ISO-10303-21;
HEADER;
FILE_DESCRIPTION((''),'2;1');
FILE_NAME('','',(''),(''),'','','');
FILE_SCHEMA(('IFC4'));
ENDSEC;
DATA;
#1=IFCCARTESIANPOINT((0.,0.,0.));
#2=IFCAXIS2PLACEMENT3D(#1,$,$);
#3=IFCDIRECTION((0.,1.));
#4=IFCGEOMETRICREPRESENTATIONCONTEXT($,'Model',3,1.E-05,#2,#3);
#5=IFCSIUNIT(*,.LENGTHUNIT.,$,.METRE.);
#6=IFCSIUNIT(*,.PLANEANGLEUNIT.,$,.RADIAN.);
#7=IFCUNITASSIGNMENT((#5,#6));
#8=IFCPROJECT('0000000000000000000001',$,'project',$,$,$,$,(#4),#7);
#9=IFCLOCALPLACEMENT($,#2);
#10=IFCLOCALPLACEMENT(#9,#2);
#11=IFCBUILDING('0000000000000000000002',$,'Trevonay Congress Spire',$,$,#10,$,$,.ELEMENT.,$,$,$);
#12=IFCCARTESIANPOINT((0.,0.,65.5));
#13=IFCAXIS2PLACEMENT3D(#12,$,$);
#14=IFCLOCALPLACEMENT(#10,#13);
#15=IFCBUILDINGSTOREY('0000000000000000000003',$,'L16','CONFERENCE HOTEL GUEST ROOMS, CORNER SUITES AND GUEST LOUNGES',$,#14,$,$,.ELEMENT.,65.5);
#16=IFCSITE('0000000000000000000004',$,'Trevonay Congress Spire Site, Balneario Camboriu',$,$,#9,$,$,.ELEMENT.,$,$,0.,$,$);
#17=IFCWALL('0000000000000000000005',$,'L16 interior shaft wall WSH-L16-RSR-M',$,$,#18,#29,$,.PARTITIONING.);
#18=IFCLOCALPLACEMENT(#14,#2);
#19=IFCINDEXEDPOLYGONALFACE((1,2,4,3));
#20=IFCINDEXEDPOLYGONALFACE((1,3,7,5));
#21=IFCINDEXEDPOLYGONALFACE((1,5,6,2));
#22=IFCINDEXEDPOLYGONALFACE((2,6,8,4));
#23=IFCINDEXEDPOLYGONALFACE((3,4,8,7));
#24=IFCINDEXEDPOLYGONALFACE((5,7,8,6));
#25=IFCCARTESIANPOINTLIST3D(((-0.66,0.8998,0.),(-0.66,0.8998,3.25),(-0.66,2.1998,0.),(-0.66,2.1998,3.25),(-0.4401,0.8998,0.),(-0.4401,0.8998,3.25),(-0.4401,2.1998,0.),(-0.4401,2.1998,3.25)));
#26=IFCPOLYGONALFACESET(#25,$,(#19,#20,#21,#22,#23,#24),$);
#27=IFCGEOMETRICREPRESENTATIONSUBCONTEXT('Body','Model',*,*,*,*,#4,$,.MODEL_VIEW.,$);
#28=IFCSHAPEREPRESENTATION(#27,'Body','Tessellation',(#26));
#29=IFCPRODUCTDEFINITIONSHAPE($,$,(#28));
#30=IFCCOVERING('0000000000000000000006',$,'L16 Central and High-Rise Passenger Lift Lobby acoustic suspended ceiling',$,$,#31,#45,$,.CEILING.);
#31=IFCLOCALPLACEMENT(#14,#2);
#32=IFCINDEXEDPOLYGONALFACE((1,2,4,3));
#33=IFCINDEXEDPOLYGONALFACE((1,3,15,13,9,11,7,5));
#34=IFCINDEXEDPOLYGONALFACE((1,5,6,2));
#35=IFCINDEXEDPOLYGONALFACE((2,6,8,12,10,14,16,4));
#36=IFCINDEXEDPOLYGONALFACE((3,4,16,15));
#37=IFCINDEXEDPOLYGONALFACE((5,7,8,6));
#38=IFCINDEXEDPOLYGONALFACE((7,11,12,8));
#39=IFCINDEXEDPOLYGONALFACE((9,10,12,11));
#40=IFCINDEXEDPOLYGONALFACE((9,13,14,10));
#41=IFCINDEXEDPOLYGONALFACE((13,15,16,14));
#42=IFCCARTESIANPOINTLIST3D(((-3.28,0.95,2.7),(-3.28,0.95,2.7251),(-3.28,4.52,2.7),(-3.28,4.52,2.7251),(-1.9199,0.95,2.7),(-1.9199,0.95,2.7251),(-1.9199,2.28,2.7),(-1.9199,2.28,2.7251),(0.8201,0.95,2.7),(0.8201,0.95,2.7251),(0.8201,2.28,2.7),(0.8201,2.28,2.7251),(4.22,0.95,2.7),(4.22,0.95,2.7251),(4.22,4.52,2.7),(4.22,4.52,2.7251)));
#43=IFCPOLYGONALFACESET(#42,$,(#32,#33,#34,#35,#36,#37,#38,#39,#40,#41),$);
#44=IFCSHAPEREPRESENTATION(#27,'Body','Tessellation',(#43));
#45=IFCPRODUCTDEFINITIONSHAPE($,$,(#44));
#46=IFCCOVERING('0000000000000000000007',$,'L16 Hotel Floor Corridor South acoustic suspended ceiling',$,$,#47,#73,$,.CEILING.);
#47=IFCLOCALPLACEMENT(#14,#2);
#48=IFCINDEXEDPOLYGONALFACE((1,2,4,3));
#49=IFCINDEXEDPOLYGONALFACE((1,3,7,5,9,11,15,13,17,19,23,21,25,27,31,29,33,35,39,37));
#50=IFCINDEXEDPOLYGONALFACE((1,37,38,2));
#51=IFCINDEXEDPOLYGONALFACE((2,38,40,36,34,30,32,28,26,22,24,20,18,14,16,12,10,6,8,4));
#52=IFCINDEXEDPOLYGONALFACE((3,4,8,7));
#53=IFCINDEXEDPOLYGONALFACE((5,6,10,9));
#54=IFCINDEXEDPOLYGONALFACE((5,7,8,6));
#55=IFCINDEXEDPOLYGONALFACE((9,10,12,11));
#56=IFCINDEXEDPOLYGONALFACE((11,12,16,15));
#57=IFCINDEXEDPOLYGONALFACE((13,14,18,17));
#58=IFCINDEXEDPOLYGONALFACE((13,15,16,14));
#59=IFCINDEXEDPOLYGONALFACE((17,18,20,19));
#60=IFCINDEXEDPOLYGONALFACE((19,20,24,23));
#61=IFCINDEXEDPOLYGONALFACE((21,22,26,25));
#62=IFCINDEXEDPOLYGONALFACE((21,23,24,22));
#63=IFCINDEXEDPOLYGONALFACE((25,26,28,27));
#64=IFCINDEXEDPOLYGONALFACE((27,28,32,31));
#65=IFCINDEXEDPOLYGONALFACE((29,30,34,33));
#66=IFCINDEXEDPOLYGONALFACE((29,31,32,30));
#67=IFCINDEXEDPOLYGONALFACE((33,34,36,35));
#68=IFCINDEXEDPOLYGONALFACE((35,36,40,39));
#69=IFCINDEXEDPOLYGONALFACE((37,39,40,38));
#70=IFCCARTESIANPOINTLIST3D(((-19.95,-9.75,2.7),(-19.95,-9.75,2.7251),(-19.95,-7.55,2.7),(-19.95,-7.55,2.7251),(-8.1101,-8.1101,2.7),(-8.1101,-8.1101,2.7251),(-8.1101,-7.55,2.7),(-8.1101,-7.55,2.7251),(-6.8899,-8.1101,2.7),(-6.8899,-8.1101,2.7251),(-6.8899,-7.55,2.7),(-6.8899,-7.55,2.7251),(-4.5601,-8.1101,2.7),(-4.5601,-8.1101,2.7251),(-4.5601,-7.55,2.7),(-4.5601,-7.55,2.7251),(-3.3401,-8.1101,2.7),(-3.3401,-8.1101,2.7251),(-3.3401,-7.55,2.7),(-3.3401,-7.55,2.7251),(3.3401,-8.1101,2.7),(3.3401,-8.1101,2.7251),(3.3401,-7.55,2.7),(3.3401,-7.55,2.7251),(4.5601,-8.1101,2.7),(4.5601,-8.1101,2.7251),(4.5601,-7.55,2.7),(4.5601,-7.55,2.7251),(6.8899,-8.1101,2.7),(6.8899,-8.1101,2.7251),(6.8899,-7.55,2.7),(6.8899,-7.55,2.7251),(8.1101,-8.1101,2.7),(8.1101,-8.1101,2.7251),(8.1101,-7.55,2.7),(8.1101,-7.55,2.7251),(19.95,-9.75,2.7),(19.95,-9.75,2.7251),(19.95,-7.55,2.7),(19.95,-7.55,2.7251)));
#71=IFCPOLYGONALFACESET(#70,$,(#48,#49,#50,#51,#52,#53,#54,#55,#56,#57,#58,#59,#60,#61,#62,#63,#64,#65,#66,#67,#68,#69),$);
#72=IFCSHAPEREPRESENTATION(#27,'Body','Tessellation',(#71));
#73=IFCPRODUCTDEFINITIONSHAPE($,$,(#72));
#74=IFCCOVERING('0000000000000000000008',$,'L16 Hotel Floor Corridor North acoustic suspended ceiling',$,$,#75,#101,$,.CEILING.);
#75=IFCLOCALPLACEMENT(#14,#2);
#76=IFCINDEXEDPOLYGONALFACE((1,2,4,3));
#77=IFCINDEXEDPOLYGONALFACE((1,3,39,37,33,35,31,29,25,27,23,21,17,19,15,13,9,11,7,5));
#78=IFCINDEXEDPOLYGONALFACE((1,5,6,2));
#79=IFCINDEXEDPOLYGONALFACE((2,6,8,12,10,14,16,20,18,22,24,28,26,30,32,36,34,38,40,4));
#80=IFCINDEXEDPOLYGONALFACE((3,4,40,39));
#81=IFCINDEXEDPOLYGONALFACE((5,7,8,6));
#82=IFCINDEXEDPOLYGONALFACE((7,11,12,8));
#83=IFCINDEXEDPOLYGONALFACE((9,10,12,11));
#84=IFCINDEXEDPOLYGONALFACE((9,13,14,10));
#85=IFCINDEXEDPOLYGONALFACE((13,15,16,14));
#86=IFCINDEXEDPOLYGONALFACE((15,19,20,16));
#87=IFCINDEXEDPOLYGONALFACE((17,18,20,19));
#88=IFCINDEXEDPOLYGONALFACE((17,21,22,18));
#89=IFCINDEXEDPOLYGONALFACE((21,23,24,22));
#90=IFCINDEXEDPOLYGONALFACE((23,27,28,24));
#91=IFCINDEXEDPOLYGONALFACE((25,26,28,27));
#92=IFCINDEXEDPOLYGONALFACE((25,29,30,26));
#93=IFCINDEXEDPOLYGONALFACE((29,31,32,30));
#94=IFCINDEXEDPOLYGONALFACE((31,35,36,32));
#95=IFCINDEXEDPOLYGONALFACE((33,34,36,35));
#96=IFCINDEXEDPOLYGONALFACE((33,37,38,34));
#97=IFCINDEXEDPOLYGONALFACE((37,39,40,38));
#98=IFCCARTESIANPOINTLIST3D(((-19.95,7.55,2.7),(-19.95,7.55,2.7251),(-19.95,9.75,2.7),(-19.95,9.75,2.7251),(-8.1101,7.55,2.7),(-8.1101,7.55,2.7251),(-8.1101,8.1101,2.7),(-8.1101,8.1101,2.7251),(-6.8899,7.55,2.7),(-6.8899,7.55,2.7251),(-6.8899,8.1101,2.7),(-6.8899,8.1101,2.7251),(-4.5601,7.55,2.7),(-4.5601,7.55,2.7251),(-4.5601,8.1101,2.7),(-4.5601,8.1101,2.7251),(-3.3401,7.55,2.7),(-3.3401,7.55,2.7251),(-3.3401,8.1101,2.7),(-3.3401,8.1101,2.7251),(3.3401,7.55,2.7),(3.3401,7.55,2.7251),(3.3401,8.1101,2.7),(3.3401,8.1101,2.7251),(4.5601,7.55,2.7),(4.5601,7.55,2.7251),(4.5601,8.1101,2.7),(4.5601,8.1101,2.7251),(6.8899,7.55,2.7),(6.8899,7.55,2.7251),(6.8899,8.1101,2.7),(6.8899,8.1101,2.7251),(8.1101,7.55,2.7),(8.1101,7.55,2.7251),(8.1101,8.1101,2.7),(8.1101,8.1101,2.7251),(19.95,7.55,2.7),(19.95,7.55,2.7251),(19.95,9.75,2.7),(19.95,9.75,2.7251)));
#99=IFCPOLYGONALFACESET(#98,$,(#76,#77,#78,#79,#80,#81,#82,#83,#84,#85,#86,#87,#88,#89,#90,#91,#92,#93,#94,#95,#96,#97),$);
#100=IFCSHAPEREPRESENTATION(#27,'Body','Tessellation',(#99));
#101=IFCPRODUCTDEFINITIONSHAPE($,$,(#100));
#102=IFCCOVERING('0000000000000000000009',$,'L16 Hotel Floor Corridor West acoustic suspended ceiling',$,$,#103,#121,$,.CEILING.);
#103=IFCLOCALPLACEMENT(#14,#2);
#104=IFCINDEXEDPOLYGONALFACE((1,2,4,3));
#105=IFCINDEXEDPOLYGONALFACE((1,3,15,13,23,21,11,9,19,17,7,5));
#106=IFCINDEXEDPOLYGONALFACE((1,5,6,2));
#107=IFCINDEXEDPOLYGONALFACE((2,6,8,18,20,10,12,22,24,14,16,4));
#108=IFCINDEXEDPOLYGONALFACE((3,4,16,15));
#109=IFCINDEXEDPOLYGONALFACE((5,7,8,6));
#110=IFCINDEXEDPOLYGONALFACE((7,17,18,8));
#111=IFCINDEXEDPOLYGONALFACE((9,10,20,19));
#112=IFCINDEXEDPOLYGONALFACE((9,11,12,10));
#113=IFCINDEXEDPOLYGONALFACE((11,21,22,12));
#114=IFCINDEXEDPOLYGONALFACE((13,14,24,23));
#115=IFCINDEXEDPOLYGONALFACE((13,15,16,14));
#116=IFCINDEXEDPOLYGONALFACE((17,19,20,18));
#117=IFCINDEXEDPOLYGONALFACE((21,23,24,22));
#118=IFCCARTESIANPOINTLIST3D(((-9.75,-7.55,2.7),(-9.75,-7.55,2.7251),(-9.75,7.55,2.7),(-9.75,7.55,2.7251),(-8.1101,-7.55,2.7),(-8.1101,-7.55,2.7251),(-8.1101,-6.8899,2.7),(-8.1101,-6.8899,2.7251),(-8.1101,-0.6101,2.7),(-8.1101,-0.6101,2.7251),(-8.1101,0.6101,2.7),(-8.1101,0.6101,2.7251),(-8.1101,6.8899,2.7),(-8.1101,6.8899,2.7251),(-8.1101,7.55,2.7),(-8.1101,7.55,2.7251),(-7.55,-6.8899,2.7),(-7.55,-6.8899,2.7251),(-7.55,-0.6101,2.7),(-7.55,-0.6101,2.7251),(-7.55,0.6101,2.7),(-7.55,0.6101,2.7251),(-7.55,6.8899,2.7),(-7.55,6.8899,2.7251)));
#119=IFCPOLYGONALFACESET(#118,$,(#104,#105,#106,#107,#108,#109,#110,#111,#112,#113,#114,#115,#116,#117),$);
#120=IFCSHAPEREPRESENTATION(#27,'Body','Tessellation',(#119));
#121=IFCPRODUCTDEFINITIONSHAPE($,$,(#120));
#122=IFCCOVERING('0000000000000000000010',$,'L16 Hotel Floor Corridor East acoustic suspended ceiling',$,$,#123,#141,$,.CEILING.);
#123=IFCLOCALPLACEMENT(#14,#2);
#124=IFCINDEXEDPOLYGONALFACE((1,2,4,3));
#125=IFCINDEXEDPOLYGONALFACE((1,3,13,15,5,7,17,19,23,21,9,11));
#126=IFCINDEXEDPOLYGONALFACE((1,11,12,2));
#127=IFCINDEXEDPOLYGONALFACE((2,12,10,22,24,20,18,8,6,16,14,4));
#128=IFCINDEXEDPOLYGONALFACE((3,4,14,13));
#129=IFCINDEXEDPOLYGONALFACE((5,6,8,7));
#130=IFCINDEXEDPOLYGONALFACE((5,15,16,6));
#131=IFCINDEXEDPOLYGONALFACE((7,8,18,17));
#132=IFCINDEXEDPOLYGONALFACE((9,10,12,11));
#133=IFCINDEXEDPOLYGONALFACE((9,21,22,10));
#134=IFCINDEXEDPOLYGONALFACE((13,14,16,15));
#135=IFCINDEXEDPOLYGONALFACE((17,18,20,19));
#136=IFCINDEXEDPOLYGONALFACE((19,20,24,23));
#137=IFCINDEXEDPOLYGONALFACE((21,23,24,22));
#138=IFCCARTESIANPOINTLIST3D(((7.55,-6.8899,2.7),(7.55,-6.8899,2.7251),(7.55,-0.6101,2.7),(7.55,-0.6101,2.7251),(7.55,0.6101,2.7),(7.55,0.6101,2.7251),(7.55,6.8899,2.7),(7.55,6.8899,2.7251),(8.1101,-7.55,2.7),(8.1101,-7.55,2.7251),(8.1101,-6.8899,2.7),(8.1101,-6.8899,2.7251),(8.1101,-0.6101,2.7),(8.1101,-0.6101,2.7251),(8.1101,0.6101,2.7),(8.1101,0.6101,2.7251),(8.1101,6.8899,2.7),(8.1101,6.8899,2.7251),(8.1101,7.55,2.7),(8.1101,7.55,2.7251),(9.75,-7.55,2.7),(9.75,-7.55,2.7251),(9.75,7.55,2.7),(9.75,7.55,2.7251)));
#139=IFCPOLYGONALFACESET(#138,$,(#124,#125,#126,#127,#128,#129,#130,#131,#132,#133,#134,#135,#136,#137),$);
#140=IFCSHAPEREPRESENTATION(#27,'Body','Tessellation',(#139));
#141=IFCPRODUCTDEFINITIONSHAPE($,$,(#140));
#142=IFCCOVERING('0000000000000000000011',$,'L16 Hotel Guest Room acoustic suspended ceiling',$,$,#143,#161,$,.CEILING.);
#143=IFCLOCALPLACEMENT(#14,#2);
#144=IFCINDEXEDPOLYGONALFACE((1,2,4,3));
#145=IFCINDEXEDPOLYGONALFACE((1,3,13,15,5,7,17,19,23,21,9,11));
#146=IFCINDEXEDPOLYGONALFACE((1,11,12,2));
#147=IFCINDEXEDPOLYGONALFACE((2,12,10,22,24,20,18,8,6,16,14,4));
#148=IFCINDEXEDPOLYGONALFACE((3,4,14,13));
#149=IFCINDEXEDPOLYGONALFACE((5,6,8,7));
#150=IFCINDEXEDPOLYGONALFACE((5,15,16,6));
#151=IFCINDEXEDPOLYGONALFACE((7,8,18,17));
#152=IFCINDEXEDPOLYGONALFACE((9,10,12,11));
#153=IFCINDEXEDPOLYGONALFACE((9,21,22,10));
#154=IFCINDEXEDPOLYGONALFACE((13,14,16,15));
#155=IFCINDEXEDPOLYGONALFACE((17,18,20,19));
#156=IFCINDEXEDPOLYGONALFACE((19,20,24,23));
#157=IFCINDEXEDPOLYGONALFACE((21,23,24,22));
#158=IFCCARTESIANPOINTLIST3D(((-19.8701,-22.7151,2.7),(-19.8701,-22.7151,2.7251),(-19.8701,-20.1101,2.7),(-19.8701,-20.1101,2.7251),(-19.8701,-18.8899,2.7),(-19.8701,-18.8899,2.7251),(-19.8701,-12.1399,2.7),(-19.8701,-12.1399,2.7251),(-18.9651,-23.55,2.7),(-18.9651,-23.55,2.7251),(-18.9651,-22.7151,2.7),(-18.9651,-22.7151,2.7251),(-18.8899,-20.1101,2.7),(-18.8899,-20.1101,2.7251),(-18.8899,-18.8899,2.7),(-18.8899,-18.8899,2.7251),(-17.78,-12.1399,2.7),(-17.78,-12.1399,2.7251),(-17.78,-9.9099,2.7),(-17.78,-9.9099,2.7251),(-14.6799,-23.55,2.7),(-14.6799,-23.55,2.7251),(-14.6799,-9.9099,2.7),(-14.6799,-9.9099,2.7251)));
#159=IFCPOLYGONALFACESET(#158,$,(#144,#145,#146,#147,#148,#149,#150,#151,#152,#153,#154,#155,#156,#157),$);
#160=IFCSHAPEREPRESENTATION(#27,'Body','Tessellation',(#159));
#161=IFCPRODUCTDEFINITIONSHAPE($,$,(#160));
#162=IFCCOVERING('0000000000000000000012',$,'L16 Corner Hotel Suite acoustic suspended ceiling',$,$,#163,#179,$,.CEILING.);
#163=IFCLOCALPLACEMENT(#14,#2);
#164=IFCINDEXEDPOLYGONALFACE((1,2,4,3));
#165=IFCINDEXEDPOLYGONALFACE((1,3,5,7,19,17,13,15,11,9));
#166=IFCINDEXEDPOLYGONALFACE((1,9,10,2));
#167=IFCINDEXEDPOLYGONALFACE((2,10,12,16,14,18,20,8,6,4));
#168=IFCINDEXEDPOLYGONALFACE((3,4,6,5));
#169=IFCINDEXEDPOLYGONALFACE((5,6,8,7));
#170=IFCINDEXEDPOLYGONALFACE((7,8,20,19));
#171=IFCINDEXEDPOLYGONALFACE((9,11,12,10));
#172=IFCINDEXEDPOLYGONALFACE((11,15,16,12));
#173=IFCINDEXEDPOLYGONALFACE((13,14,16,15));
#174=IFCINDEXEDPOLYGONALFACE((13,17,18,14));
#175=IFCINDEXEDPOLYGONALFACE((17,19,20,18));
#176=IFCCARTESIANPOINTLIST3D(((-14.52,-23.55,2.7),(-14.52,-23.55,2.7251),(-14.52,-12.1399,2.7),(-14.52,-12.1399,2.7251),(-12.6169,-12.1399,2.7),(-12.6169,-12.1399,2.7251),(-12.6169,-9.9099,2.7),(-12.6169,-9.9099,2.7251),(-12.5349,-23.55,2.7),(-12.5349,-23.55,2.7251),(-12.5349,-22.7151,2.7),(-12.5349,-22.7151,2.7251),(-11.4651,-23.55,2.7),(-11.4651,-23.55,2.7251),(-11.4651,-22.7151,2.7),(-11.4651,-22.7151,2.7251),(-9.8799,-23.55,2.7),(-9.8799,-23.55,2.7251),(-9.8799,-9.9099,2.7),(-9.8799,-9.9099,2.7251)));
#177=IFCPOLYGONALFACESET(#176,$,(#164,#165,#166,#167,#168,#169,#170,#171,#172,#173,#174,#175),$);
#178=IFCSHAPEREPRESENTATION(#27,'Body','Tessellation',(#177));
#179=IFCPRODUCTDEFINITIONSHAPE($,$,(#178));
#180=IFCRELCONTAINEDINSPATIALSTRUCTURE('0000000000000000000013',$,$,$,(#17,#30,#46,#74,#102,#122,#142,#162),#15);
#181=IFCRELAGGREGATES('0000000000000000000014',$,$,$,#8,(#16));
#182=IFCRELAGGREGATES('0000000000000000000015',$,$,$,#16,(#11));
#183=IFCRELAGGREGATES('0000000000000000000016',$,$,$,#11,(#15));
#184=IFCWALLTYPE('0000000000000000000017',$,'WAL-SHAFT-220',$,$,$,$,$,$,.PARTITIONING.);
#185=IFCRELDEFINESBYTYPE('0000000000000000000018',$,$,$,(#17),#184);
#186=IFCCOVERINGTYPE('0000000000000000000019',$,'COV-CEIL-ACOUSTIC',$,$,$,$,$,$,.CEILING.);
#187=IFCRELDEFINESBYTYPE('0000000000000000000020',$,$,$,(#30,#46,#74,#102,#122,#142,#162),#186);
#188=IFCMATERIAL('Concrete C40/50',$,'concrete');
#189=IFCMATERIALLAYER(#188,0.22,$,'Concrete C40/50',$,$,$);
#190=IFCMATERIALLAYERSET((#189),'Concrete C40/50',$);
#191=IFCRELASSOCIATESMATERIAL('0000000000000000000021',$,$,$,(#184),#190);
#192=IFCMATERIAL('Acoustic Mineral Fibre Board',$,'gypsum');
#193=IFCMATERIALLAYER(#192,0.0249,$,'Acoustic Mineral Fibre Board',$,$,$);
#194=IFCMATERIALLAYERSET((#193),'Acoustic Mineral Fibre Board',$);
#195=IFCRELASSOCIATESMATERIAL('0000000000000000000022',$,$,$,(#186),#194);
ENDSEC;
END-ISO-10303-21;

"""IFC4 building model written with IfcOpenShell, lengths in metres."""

from ifc_helpers import new_model, si_unit, direction, frame, frame_2d, origin, place, context, subcontext, project, spatial, polyline, rectangle, outline, extrude, material, layer, layer_set, type_object, element, save


model = new_model("IFC4")

# Units and contexts
model_context = context("Model", 3, precision=1e-05, world=origin(), true_north=direction((0.0, 1.0)))
body_context = subcontext(model_context, "Body", "Model", "MODEL_VIEW")
ifc_project = project(units=[si_unit("LENGTHUNIT", "METRE"), si_unit("PLANEANGLEUNIT", "RADIAN")], contexts=[model_context])

# Site, building, storey
site_placement = place(None, origin())
site = spatial("IfcSite", under=ifc_project, at=site_placement, Name="Trevonay Congress Spire Site, Balneario Camboriu", CompositionType="ELEMENT", RefElevation=0.0)
building_placement = place(site_placement, origin())
building = spatial("IfcBuilding", under=site, at=building_placement, Name="Trevonay Congress Spire", CompositionType="ELEMENT")
storey_placement = place(building_placement, frame((0.0, 0.0, 65.5)))
storey = spatial("IfcBuildingStorey", under=building, at=storey_placement, Name="L16", Description="CONFERENCE HOTEL GUEST ROOMS, CORNER SUITES AND GUEST LOUNGES", CompositionType="ELEMENT", Elevation=65.5)

# Wall
ifc_material_1 = material(Name="Concrete C40/50", Category="concrete")
ifc_layer_1 = layer(ifc_material_1, 0.22, Name="Concrete C40/50")
ifc_layer_set_1 = layer_set([ifc_layer_1], Name="Concrete C40/50")
wall_type = type_object("IfcWallType", Name="WAL-SHAFT-220", PredefinedType="PARTITIONING", material=ifc_layer_set_1)
wall_placement = place(storey_placement, frame((-0.55, 0.8999, 0.0), z_axis=(0.0, 0.0, 1.0), x_axis=(0.0, 1.0, 0.0)))
element("IfcWall", 1, at=wall_placement, inside=storey, type_object=wall_type, Name="L16 interior shaft wall WSH-L16-RSR-M", PredefinedType="PARTITIONING", context=body_context, shape_type="SweptSolid", body=[
    extrude(rectangle(XDim=1.3, YDim=0.22, at=frame_2d((0.6499, 0.0))), origin(), (0.0, 0.0, 1.0), 3.25),
])

# Coverings
ifc_material_2 = material(Name="Acoustic Mineral Fibre Board", Category="gypsum")
ifc_layer_2 = layer(ifc_material_2, 0.0249, Name="Acoustic Mineral Fibre Board")
ifc_layer_set_2 = layer_set([ifc_layer_2], Name="Acoustic Mineral Fibre Board")
covering_type_1 = type_object("IfcCoveringType", Name="COV-CEIL-ACOUSTIC", PredefinedType="CEILING", material=ifc_layer_set_2)
covering_1_placement = place(storey_placement, frame((0.0, 0.0, 2.7)))
element("IfcCovering", 2, at=covering_1_placement, inside=storey, type_object=covering_type_1, Name="L16 Central and High-Rise Passenger Lift Lobby acoustic suspended ceiling", PredefinedType="CEILING", context=body_context, shape_type="SweptSolid", body=[
    extrude(outline(polyline([(-3.28, 0.95), (-1.9199, 0.95), (-1.9199, 2.28), (0.8201, 2.28), (0.8201, 0.95), (4.22, 0.95), (4.22, 4.52), (-3.28, 4.52), (-3.28, 0.95)])), origin(), (0.0, 0.0, 1.0), 0.0251),
])
covering_2_placement = place(storey_placement, frame((0.0, 0.0, 2.7)))
element("IfcCovering", 3, at=covering_2_placement, inside=storey, type_object=covering_type_1, Name="L16 Hotel Floor Corridor South acoustic suspended ceiling", PredefinedType="CEILING", context=body_context, shape_type="SweptSolid", body=[
    extrude(outline(polyline([(19.95, -7.55), (19.95, -9.75), (-19.95, -9.75), (-19.95, -7.55), (-8.1101, -7.55), (-8.1101, -8.1101), (-6.8899, -8.1101), (-6.8899, -7.55), (-4.5601, -7.55), (-4.5601, -8.1101), (-3.3401, -8.1101), (-3.3401, -7.55), (3.3401, -7.55), (3.3401, -8.1101), (4.5601, -8.1101), (4.5601, -7.55), (6.8899, -7.55), (6.8899, -8.1101), (8.1101, -8.1101), (8.1101, -7.55), (19.95, -7.55)])), origin(), (0.0, 0.0, 1.0), 0.0251),
])
covering_3_placement = place(storey_placement, frame((0.0, 0.0, 2.7)))
element("IfcCovering", 4, at=covering_3_placement, inside=storey, type_object=covering_type_1, Name="L16 Hotel Floor Corridor North acoustic suspended ceiling", PredefinedType="CEILING", context=body_context, shape_type="SweptSolid", body=[
    extrude(outline(polyline([(-19.95, 7.55), (-19.95, 9.75), (19.95, 9.75), (19.95, 7.55), (8.1101, 7.55), (8.1101, 8.1101), (6.8899, 8.1101), (6.8899, 7.55), (4.5601, 7.55), (4.5601, 8.1101), (3.3401, 8.1101), (3.3401, 7.55), (-3.3401, 7.55), (-3.3401, 8.1101), (-4.5601, 8.1101), (-4.5601, 7.55), (-6.8899, 7.55), (-6.8899, 8.1101), (-8.1101, 8.1101), (-8.1101, 7.55), (-19.95, 7.55)])), origin(), (0.0, 0.0, 1.0), 0.0251),
])
covering_4_placement = place(storey_placement, frame((0.0, 0.0, 2.7)))
element("IfcCovering", 5, at=covering_4_placement, inside=storey, type_object=covering_type_1, Name="L16 Hotel Floor Corridor West acoustic suspended ceiling", PredefinedType="CEILING", context=body_context, shape_type="SweptSolid", body=[
    extrude(outline(polyline([(-9.75, 7.55), (-8.1101, 7.55), (-8.1101, 6.8899), (-7.55, 6.8899), (-7.55, 0.6101), (-8.1101, 0.6101), (-8.1101, -0.6101), (-7.55, -0.6101), (-7.55, -6.8899), (-8.1101, -6.8899), (-8.1101, -7.55), (-9.75, -7.55), (-9.75, 7.55)])), origin(), (0.0, 0.0, 1.0), 0.0251),
])
covering_5_placement = place(storey_placement, frame((0.0, 0.0, 2.7)))
element("IfcCovering", 6, at=covering_5_placement, inside=storey, type_object=covering_type_1, Name="L16 Hotel Floor Corridor East acoustic suspended ceiling", PredefinedType="CEILING", context=body_context, shape_type="SweptSolid", body=[
    extrude(outline(polyline([(9.75, -7.55), (8.1101, -7.55), (8.1101, -6.8899), (7.55, -6.8899), (7.55, -0.6101), (8.1101, -0.6101), (8.1101, 0.6101), (7.55, 0.6101), (7.55, 6.8899), (8.1101, 6.8899), (8.1101, 7.55), (9.75, 7.55), (9.75, -7.55)])), origin(), (0.0, 0.0, 1.0), 0.0251),
])
covering_6_placement = place(storey_placement, frame((0.0, 0.0, 2.7)))
element("IfcCovering", 7, at=covering_6_placement, inside=storey, type_object=covering_type_1, Name="L16 Hotel Guest Room acoustic suspended ceiling", PredefinedType="CEILING", context=body_context, shape_type="SweptSolid", body=[
    extrude(outline(polyline([(-19.8701, -12.1399), (-17.78, -12.1399), (-17.78, -9.9099), (-14.6799, -9.9099), (-14.6799, -23.55), (-18.9651, -23.55), (-18.9651, -22.7151), (-19.8701, -22.7151), (-19.8701, -20.1101), (-18.8899, -20.1101), (-18.8899, -18.8899), (-19.8701, -18.8899), (-19.8701, -12.1399)])), origin(), (0.0, 0.0, 1.0), 0.0251),
])
covering_7_placement = place(storey_placement, frame((0.0, 0.0, 2.7)))
element("IfcCovering", 8, at=covering_7_placement, inside=storey, type_object=covering_type_1, Name="L16 Corner Hotel Suite acoustic suspended ceiling", PredefinedType="CEILING", context=body_context, shape_type="SweptSolid", body=[
    extrude(outline(polyline([(-14.52, -23.55), (-14.52, -12.1399), (-12.6169, -12.1399), (-12.6169, -9.9099), (-9.8799, -9.9099), (-9.8799, -23.55), (-11.4651, -23.55), (-11.4651, -22.7151), (-12.5349, -22.7151), (-12.5349, -23.55), (-14.52, -23.55)])), origin(), (0.0, 0.0, 1.0), 0.0251),
])

save(model, "model.ifc")
